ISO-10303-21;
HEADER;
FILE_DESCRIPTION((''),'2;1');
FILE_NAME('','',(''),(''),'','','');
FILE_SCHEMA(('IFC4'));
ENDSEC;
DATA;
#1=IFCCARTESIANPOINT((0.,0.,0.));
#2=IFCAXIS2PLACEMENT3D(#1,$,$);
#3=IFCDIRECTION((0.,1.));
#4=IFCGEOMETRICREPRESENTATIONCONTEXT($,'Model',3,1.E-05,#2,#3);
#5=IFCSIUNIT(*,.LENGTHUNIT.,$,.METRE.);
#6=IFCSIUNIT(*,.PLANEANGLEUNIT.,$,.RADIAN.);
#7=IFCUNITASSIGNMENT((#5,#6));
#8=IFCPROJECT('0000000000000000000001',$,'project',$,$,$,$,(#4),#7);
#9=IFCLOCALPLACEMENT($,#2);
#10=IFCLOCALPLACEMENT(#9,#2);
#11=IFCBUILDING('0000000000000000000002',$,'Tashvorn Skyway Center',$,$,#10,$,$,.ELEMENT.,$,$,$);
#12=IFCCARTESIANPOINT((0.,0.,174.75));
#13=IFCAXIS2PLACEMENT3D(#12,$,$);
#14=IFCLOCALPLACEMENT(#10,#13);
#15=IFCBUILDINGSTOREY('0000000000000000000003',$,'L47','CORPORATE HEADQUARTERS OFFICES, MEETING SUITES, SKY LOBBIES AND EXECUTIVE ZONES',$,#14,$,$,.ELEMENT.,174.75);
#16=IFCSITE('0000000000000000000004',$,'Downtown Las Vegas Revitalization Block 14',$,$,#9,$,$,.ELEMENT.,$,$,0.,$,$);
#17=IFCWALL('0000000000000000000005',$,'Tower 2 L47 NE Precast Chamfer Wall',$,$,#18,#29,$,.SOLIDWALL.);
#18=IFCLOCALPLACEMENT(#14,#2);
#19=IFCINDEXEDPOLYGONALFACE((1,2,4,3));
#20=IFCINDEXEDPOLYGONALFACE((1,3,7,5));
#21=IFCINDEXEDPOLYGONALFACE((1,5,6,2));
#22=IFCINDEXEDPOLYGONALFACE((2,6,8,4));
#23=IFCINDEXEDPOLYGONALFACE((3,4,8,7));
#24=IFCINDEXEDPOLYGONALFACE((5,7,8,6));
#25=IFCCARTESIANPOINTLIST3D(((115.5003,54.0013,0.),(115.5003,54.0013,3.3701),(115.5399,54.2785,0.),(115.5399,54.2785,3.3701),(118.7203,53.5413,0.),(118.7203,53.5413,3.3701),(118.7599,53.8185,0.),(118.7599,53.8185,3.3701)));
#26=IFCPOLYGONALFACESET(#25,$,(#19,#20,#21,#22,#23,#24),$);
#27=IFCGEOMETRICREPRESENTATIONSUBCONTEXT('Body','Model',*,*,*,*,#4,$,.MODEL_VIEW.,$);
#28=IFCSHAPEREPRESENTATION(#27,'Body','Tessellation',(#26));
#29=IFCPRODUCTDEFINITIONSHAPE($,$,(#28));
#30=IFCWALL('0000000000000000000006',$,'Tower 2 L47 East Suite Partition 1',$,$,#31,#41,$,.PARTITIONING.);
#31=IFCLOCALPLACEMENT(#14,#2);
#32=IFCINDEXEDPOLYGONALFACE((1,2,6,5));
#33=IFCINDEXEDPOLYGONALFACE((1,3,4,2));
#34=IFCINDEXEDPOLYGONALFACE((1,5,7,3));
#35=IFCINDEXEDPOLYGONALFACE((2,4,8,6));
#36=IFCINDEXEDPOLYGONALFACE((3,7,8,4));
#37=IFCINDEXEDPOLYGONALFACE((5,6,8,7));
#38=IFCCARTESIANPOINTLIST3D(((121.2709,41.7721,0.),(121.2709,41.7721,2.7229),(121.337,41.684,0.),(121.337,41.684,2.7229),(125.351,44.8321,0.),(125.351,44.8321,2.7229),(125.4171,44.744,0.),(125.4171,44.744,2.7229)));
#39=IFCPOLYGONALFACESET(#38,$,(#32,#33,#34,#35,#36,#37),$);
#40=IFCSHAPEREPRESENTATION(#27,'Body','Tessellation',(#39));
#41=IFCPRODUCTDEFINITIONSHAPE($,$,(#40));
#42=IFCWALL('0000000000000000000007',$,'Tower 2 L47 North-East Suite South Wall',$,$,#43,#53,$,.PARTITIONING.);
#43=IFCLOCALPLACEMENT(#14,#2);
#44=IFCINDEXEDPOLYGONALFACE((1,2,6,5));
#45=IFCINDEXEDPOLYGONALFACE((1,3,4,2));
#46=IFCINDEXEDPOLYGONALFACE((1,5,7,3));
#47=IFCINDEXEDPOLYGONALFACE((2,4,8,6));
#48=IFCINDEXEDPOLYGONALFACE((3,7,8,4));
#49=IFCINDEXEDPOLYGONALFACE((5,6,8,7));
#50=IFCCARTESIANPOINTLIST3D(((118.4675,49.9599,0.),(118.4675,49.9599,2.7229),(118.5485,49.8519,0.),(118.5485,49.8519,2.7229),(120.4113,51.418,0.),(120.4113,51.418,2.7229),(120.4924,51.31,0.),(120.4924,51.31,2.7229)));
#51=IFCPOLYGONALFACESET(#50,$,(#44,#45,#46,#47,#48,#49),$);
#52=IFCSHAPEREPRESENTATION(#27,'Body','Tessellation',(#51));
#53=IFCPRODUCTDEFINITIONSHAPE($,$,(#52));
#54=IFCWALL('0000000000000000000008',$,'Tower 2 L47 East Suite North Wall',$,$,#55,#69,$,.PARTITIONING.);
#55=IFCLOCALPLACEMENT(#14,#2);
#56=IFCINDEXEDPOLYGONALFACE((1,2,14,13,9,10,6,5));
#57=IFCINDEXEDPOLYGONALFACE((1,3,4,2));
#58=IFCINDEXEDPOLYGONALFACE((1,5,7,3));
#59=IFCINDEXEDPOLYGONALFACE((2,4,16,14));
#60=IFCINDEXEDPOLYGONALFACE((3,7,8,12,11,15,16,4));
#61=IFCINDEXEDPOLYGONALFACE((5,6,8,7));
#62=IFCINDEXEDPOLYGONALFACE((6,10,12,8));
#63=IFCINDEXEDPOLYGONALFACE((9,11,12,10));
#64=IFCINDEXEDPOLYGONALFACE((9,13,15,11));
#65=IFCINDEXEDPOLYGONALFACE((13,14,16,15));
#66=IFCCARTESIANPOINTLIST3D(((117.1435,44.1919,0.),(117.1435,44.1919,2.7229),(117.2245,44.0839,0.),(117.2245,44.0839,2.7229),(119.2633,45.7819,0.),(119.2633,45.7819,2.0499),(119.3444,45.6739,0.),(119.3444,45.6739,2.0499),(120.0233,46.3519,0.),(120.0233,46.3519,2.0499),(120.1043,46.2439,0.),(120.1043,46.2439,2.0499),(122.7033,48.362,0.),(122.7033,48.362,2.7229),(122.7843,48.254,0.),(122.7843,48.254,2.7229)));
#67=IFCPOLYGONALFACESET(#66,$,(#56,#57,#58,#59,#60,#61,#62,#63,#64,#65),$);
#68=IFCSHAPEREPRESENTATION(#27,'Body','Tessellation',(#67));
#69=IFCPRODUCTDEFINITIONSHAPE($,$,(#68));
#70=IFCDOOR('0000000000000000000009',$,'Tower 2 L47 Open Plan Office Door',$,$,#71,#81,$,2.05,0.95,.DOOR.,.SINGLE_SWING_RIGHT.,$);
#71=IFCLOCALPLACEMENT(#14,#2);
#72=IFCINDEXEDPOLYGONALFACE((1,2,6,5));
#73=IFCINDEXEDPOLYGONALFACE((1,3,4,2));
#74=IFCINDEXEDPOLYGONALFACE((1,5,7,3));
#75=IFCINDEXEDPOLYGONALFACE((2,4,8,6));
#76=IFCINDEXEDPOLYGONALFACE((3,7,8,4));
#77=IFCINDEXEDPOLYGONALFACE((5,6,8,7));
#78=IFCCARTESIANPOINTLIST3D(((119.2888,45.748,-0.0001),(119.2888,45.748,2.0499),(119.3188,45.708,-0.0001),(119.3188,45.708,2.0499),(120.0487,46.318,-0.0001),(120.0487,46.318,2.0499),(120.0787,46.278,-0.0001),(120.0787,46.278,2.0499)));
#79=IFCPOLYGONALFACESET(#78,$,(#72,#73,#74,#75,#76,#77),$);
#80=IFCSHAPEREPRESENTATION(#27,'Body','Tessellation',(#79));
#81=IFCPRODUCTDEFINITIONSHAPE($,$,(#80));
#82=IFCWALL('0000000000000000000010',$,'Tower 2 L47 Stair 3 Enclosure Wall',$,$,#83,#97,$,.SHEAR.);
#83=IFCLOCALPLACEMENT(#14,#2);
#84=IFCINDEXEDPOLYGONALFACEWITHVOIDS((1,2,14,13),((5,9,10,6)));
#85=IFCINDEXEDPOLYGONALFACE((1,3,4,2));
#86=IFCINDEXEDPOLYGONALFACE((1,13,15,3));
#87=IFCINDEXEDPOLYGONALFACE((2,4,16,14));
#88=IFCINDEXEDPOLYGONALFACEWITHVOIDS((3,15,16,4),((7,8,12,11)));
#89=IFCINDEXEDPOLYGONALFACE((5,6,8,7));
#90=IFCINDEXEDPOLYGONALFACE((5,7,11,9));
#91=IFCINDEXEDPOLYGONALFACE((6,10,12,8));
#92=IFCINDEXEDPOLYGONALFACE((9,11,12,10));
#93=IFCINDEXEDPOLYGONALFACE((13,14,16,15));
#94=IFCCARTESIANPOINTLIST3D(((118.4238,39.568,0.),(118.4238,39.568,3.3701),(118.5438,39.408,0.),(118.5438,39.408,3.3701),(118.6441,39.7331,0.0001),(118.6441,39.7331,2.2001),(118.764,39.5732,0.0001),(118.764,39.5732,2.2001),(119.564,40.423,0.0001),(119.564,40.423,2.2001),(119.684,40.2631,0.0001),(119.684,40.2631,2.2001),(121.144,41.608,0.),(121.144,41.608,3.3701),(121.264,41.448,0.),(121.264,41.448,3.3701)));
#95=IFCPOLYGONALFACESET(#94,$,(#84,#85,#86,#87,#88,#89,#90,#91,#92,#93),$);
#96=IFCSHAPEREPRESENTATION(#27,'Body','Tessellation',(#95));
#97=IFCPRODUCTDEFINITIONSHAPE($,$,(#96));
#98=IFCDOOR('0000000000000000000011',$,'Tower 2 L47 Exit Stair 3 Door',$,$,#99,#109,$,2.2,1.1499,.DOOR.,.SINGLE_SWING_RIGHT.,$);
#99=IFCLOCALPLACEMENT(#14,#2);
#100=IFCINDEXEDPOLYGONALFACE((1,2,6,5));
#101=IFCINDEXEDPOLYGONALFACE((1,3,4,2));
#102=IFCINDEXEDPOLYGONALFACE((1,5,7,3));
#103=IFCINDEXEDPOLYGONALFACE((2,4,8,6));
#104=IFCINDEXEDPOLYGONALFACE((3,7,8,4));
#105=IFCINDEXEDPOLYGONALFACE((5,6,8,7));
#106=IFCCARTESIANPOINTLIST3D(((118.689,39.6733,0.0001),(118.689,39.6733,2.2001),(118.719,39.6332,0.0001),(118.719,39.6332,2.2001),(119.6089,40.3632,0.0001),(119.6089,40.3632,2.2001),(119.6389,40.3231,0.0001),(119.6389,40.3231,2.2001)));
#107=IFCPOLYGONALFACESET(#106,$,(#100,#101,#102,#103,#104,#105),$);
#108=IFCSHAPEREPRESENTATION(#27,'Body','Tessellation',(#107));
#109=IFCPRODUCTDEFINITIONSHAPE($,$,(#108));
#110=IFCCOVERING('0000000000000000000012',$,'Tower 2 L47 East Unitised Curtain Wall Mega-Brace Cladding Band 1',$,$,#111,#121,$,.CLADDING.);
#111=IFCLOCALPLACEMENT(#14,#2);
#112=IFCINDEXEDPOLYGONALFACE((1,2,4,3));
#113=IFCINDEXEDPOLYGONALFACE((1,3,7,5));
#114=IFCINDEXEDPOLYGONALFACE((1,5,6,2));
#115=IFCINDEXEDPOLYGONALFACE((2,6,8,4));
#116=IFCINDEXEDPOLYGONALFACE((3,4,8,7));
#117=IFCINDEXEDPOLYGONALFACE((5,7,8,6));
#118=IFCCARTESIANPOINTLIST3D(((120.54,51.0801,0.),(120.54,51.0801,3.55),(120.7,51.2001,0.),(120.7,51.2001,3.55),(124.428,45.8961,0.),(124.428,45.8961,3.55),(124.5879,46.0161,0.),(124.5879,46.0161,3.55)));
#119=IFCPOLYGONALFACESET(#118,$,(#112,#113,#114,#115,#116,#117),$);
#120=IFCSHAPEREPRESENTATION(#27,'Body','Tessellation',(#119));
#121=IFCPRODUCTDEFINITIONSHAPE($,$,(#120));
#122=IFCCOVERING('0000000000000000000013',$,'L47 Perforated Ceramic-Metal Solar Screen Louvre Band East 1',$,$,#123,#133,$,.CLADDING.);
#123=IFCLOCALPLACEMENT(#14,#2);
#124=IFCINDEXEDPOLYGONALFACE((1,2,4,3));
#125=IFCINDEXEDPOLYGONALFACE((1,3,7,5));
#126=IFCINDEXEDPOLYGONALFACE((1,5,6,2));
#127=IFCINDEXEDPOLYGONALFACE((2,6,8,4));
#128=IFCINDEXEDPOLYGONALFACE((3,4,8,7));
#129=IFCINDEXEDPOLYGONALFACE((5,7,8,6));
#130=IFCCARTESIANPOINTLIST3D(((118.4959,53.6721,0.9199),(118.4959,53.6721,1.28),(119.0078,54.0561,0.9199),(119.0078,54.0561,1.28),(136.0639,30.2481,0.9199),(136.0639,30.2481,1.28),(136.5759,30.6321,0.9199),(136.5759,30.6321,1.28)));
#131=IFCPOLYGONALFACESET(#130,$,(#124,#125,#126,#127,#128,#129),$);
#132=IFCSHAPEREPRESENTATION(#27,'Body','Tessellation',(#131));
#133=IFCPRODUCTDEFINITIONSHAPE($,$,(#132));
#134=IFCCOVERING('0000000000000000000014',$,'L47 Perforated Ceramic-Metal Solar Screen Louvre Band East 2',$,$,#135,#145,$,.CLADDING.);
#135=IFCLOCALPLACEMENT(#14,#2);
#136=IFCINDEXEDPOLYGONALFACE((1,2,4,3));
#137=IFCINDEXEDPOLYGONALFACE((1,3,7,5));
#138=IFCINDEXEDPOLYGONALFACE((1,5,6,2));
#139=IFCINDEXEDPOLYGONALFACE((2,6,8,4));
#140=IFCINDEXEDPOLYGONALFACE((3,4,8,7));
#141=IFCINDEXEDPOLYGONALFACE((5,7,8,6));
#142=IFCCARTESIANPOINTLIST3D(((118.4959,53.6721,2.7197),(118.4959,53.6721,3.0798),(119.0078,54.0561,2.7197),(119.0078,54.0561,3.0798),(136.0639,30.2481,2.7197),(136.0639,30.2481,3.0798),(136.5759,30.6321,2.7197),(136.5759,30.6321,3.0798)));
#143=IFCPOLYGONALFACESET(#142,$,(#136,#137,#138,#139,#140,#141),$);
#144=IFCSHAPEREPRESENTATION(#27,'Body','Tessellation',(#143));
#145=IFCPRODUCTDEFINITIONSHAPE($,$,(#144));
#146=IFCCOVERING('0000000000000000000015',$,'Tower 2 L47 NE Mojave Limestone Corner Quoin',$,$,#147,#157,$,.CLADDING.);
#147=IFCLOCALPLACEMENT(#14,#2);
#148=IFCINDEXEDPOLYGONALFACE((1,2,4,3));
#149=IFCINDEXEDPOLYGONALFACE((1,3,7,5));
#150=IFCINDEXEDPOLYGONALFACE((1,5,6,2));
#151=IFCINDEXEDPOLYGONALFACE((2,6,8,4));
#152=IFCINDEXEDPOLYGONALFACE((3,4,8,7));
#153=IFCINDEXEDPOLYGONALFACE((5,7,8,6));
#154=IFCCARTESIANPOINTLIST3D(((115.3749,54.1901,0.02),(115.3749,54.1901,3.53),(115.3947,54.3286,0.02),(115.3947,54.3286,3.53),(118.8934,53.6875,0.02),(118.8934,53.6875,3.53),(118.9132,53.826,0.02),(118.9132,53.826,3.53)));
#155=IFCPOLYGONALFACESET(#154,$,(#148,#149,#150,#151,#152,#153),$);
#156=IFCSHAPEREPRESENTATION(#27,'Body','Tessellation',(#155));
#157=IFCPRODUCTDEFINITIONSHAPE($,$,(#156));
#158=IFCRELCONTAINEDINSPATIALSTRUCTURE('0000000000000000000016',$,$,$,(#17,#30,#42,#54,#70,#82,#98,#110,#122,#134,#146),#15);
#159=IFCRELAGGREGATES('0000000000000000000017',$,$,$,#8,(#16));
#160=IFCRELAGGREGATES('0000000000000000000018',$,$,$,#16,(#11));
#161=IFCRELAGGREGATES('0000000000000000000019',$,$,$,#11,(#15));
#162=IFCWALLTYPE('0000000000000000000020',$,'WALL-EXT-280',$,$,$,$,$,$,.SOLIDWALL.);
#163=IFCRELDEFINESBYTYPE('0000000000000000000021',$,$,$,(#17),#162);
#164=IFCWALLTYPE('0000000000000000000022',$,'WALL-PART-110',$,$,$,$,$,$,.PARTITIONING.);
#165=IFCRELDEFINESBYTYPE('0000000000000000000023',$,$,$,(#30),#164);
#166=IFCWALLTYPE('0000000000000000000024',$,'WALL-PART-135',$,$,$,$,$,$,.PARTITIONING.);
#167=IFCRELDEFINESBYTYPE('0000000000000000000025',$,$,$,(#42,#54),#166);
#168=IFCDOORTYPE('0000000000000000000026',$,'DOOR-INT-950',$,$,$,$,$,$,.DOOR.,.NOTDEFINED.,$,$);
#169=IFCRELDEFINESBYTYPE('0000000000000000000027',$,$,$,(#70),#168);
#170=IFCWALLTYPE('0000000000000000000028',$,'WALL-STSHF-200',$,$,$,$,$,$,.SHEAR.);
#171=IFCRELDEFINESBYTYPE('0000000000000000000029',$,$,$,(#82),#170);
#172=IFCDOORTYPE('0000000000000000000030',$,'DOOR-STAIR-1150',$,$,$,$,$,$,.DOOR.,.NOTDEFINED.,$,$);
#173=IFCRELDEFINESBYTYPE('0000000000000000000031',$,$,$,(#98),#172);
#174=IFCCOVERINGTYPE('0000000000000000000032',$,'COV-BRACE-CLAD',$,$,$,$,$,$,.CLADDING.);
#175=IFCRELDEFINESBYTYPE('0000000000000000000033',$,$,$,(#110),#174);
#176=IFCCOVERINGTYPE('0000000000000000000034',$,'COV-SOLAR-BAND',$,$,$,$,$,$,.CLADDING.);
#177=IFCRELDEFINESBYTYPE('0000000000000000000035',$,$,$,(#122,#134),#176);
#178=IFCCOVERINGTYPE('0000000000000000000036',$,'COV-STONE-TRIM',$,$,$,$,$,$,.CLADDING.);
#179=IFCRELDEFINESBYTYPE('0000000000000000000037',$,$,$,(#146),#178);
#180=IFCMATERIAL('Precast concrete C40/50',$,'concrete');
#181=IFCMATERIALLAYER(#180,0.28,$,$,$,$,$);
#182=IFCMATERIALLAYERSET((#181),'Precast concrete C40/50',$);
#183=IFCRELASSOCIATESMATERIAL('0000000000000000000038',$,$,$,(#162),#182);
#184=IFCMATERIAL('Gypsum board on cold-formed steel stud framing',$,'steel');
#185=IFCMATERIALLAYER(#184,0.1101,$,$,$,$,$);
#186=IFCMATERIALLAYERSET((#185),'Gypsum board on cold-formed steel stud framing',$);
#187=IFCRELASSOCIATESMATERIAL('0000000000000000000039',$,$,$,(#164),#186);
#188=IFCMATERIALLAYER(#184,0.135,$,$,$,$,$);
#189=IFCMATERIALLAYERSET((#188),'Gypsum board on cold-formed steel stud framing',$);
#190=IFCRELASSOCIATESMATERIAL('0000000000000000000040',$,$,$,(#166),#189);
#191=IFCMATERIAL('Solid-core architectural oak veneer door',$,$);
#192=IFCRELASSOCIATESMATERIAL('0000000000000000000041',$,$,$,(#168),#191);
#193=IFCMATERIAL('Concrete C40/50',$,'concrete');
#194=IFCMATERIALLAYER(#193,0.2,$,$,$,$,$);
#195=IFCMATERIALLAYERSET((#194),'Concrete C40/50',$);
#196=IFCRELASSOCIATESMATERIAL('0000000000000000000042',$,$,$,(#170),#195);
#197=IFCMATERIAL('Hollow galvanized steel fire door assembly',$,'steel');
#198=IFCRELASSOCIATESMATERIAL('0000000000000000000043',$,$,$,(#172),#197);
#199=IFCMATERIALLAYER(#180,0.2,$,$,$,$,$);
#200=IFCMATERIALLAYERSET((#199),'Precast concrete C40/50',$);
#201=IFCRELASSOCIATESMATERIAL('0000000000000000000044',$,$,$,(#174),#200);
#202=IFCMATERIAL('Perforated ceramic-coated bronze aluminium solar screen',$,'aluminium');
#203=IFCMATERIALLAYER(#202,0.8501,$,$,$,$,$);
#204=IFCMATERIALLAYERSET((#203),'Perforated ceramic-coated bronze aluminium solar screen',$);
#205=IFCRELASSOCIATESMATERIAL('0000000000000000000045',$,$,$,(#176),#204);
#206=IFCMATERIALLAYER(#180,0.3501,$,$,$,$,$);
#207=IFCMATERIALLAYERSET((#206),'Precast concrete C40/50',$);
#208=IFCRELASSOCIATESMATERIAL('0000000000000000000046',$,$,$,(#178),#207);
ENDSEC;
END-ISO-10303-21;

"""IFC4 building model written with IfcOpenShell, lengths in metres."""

from ifc_helpers import new_model, si_unit, direction, frame, frame_2d, origin, origin_2d, place, context, subcontext, project, spatial, rectangle, extrude, material, layer, layer_set, type_object, element, fill, save


model = new_model("IFC4")

# Units and contexts
model_context = context("Model", 3, precision=1e-05, world=origin(), true_north=direction((0.0, 1.0)))
body_context = subcontext(model_context, "Body", "Model", "MODEL_VIEW")
ifc_project = project(units=[si_unit("LENGTHUNIT", "METRE"), si_unit("PLANEANGLEUNIT", "RADIAN")], contexts=[model_context])

# Site, building, storey
site_placement = place(None, origin())
site = spatial("IfcSite", under=ifc_project, at=site_placement, Name="Downtown Las Vegas Revitalization Block 14", CompositionType="ELEMENT", RefElevation=0.0)
building_placement = place(site_placement, origin())
building = spatial("IfcBuilding", under=site, at=building_placement, Name="Tashvorn Skyway Center", CompositionType="ELEMENT")
storey_placement = place(building_placement, frame((0.0, 0.0, 174.75)))
storey = spatial("IfcBuildingStorey", under=building, at=storey_placement, Name="L47", Description="CORPORATE HEADQUARTERS OFFICES, MEETING SUITES, SKY LOBBIES AND EXECUTIVE ZONES", CompositionType="ELEMENT", Elevation=174.75)

# Walls
ifc_material_1 = material(Name="Precast concrete C40/50", Category="concrete")
ifc_layer_1 = layer(ifc_material_1, 0.28)
ifc_layer_set_1 = layer_set([ifc_layer_1], Name="Precast concrete C40/50")
wall_type_1 = type_object("IfcWallType", Name="WALL-EXT-280", PredefinedType="SOLIDWALL", material=ifc_layer_set_1)
wall_1_placement = place(storey_placement, frame((115.52, 54.1399, 0.0), z_axis=(0.0, 0.0, 1.0), x_axis=(0.989951, -0.141411, 0.0)))
element("IfcWall", 1, at=wall_1_placement, inside=storey, type_object=wall_type_1, Name="Tower 2 L47 NE Precast Chamfer Wall", PredefinedType="SOLIDWALL", context=body_context, shape_type="SweptSolid", body=[
    extrude(rectangle(XDim=3.2527, YDim=0.28, at=frame_2d((1.6265, 0.0))), origin(), (0.0, 0.0, 1.0), 3.3701),
])
ifc_material_2 = material(Name="Gypsum board on cold-formed steel stud framing", Category="steel")
ifc_layer_2 = layer(ifc_material_2, 0.1101)
ifc_layer_set_2 = layer_set([ifc_layer_2], Name="Gypsum board on cold-formed steel stud framing")
wall_type_2 = type_object("IfcWallType", Name="WALL-PART-110", PredefinedType="PARTITIONING", material=ifc_layer_set_2)
wall_2_placement = place(storey_placement, frame((125.384, 44.7881, 0.0), z_axis=(0.0, 0.0, 1.0), x_axis=(-0.8, -0.6, 0.0)))
element("IfcWall", 2, at=wall_2_placement, inside=storey, type_object=wall_type_2, Name="Tower 2 L47 East Suite Partition 1", PredefinedType="PARTITIONING", context=body_context, shape_type="SweptSolid", body=[
    extrude(rectangle(XDim=5.1001, YDim=0.1101, at=frame_2d((2.55, 0.0))), origin(), (0.0, 0.0, 1.0), 2.7229),
])
ifc_layer_3 = layer(ifc_material_2, 0.135)
ifc_layer_set_3 = layer_set([ifc_layer_3], Name="Gypsum board on cold-formed steel stud framing")
wall_type_3 = type_object("IfcWallType", Name="WALL-PART-135", PredefinedType="PARTITIONING", material=ifc_layer_set_3)
wall_3_placement = place(storey_placement, frame((118.5081, 49.906, 0.0), z_axis=(0.0, 0.0, 1.0), x_axis=(0.799976, 0.600032, 0.0)))
element("IfcWall", 3, at=wall_3_placement, inside=storey, type_object=wall_type_3, Name="Tower 2 L47 North-East Suite South Wall", PredefinedType="PARTITIONING", context=body_context, shape_type="SweptSolid", body=[
    extrude(rectangle(XDim=2.4299, YDim=0.135, at=frame_2d((1.2148, 0.0))), origin(), (0.0, 0.0, 1.0), 2.7229),
])

# Walls, openings, doors
wall_4_placement = place(storey_placement, frame((122.7439, 48.3081, 0.0), z_axis=(0.0, 0.0, 1.0), x_axis=(-0.799979, -0.600028, 0.0)))
wall_4 = element("IfcWall", 4, at=wall_4_placement, inside=storey, type_object=wall_type_3, Name="Tower 2 L47 East Suite North Wall", PredefinedType="PARTITIONING", context=body_context, shape_type="SweptSolid", body=[
    extrude(rectangle(XDim=6.95, YDim=0.135, at=frame_2d((3.4751, 0.0))), origin(), (0.0, 0.0, 1.0), 2.7229),
])
opening_1_placement = place(wall_4_placement, frame((3.3501, 0.0, 0.0)))
opening_1 = element("IfcOpeningElement", 5, at=opening_1_placement, cuts=wall_4, PredefinedType="OPENING", context=body_context, shape_type="SweptSolid", body=[
    extrude(rectangle(XDim=0.95, YDim=2.05, at=frame_2d((0.4751, 1.0249))), frame((0.0, 0.0774, 0.0), z_axis=(0.0, -1.0, 0.0), x_axis=(1.0, 0.0, 0.0)), (0.0, 0.0, 1.0), 0.155),
])
ifc_material_3 = material(Name="Solid-core architectural oak veneer door")
door_type_1 = type_object("IfcDoorType", Name="DOOR-INT-950", OperationType="NOTDEFINED", PredefinedType="DOOR", material=ifc_material_3)
door_1_placement = place(opening_1_placement, origin())
door_1 = element("IfcDoor", 6, at=door_1_placement, inside=storey, type_object=door_type_1, Name="Tower 2 L47 Open Plan Office Door", OperationType="SINGLE_SWING_RIGHT", OverallHeight=2.05, OverallWidth=0.95, PredefinedType="DOOR", context=body_context, shape_type="SweptSolid", body=[
    extrude(rectangle(XDim=0.95, YDim=2.05, at=frame_2d((0.4751, 1.0249))), frame((0.0, 0.0249, 0.0), z_axis=(0.0, -1.0, 0.0), x_axis=(1.0, 0.0, 0.0)), (0.0, 0.0, 1.0), 0.05),
])
fill(opening_1, door_1)
ifc_material_4 = material(Name="Concrete C40/50", Category="concrete")
ifc_layer_4 = layer(ifc_material_4, 0.2)
ifc_layer_set_4 = layer_set([ifc_layer_4], Name="Concrete C40/50")
wall_type_4 = type_object("IfcWallType", Name="WALL-STSHF-200", PredefinedType="SHEAR", material=ifc_layer_set_4)
wall_5_placement = place(storey_placement, frame((121.2041, 41.5281, 0.0), z_axis=(0.0, 0.0, 1.0), x_axis=(-0.800017, -0.599977, 0.0)))
wall_5 = element("IfcWall", 7, at=wall_5_placement, inside=storey, type_object=wall_type_4, Name="Tower 2 L47 Stair 3 Enclosure Wall", PredefinedType="SHEAR", context=body_context, shape_type="SweptSolid", body=[
    extrude(rectangle(XDim=3.4001, YDim=0.2, at=frame_2d((1.7002, 0.0))), origin(), (0.0, 0.0, 1.0), 3.3701),
])
opening_2_placement = place(wall_5_placement, frame((1.9751, 0.0, 0.0)))
opening_2 = element("IfcOpeningElement", 8, at=opening_2_placement, cuts=wall_5, PredefinedType="OPENING", context=body_context, shape_type="SweptSolid", body=[
    extrude(rectangle(XDim=1.1499, YDim=2.2, at=frame_2d((0.575, 1.1001))), frame((0.0, 0.1099, 0.0), z_axis=(0.0, -1.0, 0.0), x_axis=(1.0, 0.0, 0.0)), (0.0, 0.0, 1.0), 0.22),
])
ifc_material_5 = material(Name="Hollow galvanized steel fire door assembly", Category="steel")
door_type_2 = type_object("IfcDoorType", Name="DOOR-STAIR-1150", OperationType="NOTDEFINED", PredefinedType="DOOR", material=ifc_material_5)
door_2_placement = place(opening_2_placement, origin())
door_2 = element("IfcDoor", 9, at=door_2_placement, inside=storey, type_object=door_type_2, Name="Tower 2 L47 Exit Stair 3 Door", OperationType="SINGLE_SWING_RIGHT", OverallHeight=2.2, OverallWidth=1.1499, PredefinedType="DOOR", context=body_context, shape_type="SweptSolid", body=[
    extrude(rectangle(XDim=1.1499, YDim=2.2, at=frame_2d((0.575, 1.1001))), frame((0.0, 0.0249, 0.0), z_axis=(0.0, -1.0, 0.0), x_axis=(1.0, 0.0, 0.0)), (0.0, 0.0, 1.0), 0.05),
])
fill(opening_2, door_2)

# Coverings
ifc_layer_5 = layer(ifc_material_1, 0.2)
ifc_layer_set_5 = layer_set([ifc_layer_5], Name="Precast concrete C40/50")
covering_type_1 = type_object("IfcCoveringType", Name="COV-BRACE-CLAD", PredefinedType="CLADDING", material=ifc_layer_set_5)
covering_1_placement = place(storey_placement, frame((122.564, 48.5481, 0.0), z_axis=(0.0, 0.0, 1.0), x_axis=(0.6, -0.8, 0.0)))
element("IfcCovering", 10, at=covering_1_placement, inside=storey, type_object=covering_type_1, Name="Tower 2 L47 East Unitised Curtain Wall Mega-Brace Cladding Band 1", PredefinedType="CLADDING", context=body_context, shape_type="SweptSolid", body=[
    extrude(rectangle(XDim=6.48, YDim=0.2, at=origin_2d()), origin(), (0.0, 0.0, 1.0), 3.55),
])
ifc_material_6 = material(Name="Perforated ceramic-coated bronze aluminium solar screen", Category="aluminium")
ifc_layer_6 = layer(ifc_material_6, 0.8501)
ifc_layer_set_6 = layer_set([ifc_layer_6], Name="Perforated ceramic-coated bronze aluminium solar screen")
covering_type_2 = type_object("IfcCoveringType", Name="COV-SOLAR-BAND", PredefinedType="CLADDING", material=ifc_layer_set_6)
for number, where, z_axis, x_axis, name in (
    (11, (127.5359, 42.1521, 0.9199), (0.0, 0.0, 1.0), (0.6, -0.8, 0.0), "L47 Perforated Ceramic-Metal Solar Screen Louvre Band East 1"),
    (12, (127.5359, 42.1521, 2.7197), (0.0, 0.0, 1.0), (0.6, -0.8, 0.0), "L47 Perforated Ceramic-Metal Solar Screen Louvre Band East 2"),
):
    element("IfcCovering", number, at=place(storey_placement, frame(where, z_axis=z_axis, x_axis=x_axis)), inside=storey, type_object=covering_type_2, Name=name, PredefinedType="CLADDING", context=body_context, shape_type="SweptSolid", body=[
        extrude(rectangle(XDim=29.28, YDim=0.6399, at=origin_2d()), origin(), (0.0, 0.0, 1.0), 0.3601),
    ])
ifc_layer_7 = layer(ifc_material_1, 0.3501)
ifc_layer_set_7 = layer_set([ifc_layer_7], Name="Precast concrete C40/50")
covering_type_3 = type_object("IfcCoveringType", Name="COV-STONE-TRIM", PredefinedType="CLADDING", material=ifc_layer_set_7)
covering_2_placement = place(storey_placement, frame((117.144, 54.0081, 0.02), z_axis=(0.0, 0.0, 1.0), x_axis=(0.989949, -0.141421, 0.0)))
element("IfcCovering", 13, at=covering_2_placement, inside=storey, type_object=covering_type_3, Name="Tower 2 L47 NE Mojave Limestone Corner Quoin", PredefinedType="CLADDING", context=body_context, shape_type="SweptSolid", body=[
    extrude(rectangle(XDim=3.5542, YDim=0.1399, at=origin_2d()), origin(), (0.0, 0.0, 1.0), 3.51),
])

save(model, "model.ifc")
